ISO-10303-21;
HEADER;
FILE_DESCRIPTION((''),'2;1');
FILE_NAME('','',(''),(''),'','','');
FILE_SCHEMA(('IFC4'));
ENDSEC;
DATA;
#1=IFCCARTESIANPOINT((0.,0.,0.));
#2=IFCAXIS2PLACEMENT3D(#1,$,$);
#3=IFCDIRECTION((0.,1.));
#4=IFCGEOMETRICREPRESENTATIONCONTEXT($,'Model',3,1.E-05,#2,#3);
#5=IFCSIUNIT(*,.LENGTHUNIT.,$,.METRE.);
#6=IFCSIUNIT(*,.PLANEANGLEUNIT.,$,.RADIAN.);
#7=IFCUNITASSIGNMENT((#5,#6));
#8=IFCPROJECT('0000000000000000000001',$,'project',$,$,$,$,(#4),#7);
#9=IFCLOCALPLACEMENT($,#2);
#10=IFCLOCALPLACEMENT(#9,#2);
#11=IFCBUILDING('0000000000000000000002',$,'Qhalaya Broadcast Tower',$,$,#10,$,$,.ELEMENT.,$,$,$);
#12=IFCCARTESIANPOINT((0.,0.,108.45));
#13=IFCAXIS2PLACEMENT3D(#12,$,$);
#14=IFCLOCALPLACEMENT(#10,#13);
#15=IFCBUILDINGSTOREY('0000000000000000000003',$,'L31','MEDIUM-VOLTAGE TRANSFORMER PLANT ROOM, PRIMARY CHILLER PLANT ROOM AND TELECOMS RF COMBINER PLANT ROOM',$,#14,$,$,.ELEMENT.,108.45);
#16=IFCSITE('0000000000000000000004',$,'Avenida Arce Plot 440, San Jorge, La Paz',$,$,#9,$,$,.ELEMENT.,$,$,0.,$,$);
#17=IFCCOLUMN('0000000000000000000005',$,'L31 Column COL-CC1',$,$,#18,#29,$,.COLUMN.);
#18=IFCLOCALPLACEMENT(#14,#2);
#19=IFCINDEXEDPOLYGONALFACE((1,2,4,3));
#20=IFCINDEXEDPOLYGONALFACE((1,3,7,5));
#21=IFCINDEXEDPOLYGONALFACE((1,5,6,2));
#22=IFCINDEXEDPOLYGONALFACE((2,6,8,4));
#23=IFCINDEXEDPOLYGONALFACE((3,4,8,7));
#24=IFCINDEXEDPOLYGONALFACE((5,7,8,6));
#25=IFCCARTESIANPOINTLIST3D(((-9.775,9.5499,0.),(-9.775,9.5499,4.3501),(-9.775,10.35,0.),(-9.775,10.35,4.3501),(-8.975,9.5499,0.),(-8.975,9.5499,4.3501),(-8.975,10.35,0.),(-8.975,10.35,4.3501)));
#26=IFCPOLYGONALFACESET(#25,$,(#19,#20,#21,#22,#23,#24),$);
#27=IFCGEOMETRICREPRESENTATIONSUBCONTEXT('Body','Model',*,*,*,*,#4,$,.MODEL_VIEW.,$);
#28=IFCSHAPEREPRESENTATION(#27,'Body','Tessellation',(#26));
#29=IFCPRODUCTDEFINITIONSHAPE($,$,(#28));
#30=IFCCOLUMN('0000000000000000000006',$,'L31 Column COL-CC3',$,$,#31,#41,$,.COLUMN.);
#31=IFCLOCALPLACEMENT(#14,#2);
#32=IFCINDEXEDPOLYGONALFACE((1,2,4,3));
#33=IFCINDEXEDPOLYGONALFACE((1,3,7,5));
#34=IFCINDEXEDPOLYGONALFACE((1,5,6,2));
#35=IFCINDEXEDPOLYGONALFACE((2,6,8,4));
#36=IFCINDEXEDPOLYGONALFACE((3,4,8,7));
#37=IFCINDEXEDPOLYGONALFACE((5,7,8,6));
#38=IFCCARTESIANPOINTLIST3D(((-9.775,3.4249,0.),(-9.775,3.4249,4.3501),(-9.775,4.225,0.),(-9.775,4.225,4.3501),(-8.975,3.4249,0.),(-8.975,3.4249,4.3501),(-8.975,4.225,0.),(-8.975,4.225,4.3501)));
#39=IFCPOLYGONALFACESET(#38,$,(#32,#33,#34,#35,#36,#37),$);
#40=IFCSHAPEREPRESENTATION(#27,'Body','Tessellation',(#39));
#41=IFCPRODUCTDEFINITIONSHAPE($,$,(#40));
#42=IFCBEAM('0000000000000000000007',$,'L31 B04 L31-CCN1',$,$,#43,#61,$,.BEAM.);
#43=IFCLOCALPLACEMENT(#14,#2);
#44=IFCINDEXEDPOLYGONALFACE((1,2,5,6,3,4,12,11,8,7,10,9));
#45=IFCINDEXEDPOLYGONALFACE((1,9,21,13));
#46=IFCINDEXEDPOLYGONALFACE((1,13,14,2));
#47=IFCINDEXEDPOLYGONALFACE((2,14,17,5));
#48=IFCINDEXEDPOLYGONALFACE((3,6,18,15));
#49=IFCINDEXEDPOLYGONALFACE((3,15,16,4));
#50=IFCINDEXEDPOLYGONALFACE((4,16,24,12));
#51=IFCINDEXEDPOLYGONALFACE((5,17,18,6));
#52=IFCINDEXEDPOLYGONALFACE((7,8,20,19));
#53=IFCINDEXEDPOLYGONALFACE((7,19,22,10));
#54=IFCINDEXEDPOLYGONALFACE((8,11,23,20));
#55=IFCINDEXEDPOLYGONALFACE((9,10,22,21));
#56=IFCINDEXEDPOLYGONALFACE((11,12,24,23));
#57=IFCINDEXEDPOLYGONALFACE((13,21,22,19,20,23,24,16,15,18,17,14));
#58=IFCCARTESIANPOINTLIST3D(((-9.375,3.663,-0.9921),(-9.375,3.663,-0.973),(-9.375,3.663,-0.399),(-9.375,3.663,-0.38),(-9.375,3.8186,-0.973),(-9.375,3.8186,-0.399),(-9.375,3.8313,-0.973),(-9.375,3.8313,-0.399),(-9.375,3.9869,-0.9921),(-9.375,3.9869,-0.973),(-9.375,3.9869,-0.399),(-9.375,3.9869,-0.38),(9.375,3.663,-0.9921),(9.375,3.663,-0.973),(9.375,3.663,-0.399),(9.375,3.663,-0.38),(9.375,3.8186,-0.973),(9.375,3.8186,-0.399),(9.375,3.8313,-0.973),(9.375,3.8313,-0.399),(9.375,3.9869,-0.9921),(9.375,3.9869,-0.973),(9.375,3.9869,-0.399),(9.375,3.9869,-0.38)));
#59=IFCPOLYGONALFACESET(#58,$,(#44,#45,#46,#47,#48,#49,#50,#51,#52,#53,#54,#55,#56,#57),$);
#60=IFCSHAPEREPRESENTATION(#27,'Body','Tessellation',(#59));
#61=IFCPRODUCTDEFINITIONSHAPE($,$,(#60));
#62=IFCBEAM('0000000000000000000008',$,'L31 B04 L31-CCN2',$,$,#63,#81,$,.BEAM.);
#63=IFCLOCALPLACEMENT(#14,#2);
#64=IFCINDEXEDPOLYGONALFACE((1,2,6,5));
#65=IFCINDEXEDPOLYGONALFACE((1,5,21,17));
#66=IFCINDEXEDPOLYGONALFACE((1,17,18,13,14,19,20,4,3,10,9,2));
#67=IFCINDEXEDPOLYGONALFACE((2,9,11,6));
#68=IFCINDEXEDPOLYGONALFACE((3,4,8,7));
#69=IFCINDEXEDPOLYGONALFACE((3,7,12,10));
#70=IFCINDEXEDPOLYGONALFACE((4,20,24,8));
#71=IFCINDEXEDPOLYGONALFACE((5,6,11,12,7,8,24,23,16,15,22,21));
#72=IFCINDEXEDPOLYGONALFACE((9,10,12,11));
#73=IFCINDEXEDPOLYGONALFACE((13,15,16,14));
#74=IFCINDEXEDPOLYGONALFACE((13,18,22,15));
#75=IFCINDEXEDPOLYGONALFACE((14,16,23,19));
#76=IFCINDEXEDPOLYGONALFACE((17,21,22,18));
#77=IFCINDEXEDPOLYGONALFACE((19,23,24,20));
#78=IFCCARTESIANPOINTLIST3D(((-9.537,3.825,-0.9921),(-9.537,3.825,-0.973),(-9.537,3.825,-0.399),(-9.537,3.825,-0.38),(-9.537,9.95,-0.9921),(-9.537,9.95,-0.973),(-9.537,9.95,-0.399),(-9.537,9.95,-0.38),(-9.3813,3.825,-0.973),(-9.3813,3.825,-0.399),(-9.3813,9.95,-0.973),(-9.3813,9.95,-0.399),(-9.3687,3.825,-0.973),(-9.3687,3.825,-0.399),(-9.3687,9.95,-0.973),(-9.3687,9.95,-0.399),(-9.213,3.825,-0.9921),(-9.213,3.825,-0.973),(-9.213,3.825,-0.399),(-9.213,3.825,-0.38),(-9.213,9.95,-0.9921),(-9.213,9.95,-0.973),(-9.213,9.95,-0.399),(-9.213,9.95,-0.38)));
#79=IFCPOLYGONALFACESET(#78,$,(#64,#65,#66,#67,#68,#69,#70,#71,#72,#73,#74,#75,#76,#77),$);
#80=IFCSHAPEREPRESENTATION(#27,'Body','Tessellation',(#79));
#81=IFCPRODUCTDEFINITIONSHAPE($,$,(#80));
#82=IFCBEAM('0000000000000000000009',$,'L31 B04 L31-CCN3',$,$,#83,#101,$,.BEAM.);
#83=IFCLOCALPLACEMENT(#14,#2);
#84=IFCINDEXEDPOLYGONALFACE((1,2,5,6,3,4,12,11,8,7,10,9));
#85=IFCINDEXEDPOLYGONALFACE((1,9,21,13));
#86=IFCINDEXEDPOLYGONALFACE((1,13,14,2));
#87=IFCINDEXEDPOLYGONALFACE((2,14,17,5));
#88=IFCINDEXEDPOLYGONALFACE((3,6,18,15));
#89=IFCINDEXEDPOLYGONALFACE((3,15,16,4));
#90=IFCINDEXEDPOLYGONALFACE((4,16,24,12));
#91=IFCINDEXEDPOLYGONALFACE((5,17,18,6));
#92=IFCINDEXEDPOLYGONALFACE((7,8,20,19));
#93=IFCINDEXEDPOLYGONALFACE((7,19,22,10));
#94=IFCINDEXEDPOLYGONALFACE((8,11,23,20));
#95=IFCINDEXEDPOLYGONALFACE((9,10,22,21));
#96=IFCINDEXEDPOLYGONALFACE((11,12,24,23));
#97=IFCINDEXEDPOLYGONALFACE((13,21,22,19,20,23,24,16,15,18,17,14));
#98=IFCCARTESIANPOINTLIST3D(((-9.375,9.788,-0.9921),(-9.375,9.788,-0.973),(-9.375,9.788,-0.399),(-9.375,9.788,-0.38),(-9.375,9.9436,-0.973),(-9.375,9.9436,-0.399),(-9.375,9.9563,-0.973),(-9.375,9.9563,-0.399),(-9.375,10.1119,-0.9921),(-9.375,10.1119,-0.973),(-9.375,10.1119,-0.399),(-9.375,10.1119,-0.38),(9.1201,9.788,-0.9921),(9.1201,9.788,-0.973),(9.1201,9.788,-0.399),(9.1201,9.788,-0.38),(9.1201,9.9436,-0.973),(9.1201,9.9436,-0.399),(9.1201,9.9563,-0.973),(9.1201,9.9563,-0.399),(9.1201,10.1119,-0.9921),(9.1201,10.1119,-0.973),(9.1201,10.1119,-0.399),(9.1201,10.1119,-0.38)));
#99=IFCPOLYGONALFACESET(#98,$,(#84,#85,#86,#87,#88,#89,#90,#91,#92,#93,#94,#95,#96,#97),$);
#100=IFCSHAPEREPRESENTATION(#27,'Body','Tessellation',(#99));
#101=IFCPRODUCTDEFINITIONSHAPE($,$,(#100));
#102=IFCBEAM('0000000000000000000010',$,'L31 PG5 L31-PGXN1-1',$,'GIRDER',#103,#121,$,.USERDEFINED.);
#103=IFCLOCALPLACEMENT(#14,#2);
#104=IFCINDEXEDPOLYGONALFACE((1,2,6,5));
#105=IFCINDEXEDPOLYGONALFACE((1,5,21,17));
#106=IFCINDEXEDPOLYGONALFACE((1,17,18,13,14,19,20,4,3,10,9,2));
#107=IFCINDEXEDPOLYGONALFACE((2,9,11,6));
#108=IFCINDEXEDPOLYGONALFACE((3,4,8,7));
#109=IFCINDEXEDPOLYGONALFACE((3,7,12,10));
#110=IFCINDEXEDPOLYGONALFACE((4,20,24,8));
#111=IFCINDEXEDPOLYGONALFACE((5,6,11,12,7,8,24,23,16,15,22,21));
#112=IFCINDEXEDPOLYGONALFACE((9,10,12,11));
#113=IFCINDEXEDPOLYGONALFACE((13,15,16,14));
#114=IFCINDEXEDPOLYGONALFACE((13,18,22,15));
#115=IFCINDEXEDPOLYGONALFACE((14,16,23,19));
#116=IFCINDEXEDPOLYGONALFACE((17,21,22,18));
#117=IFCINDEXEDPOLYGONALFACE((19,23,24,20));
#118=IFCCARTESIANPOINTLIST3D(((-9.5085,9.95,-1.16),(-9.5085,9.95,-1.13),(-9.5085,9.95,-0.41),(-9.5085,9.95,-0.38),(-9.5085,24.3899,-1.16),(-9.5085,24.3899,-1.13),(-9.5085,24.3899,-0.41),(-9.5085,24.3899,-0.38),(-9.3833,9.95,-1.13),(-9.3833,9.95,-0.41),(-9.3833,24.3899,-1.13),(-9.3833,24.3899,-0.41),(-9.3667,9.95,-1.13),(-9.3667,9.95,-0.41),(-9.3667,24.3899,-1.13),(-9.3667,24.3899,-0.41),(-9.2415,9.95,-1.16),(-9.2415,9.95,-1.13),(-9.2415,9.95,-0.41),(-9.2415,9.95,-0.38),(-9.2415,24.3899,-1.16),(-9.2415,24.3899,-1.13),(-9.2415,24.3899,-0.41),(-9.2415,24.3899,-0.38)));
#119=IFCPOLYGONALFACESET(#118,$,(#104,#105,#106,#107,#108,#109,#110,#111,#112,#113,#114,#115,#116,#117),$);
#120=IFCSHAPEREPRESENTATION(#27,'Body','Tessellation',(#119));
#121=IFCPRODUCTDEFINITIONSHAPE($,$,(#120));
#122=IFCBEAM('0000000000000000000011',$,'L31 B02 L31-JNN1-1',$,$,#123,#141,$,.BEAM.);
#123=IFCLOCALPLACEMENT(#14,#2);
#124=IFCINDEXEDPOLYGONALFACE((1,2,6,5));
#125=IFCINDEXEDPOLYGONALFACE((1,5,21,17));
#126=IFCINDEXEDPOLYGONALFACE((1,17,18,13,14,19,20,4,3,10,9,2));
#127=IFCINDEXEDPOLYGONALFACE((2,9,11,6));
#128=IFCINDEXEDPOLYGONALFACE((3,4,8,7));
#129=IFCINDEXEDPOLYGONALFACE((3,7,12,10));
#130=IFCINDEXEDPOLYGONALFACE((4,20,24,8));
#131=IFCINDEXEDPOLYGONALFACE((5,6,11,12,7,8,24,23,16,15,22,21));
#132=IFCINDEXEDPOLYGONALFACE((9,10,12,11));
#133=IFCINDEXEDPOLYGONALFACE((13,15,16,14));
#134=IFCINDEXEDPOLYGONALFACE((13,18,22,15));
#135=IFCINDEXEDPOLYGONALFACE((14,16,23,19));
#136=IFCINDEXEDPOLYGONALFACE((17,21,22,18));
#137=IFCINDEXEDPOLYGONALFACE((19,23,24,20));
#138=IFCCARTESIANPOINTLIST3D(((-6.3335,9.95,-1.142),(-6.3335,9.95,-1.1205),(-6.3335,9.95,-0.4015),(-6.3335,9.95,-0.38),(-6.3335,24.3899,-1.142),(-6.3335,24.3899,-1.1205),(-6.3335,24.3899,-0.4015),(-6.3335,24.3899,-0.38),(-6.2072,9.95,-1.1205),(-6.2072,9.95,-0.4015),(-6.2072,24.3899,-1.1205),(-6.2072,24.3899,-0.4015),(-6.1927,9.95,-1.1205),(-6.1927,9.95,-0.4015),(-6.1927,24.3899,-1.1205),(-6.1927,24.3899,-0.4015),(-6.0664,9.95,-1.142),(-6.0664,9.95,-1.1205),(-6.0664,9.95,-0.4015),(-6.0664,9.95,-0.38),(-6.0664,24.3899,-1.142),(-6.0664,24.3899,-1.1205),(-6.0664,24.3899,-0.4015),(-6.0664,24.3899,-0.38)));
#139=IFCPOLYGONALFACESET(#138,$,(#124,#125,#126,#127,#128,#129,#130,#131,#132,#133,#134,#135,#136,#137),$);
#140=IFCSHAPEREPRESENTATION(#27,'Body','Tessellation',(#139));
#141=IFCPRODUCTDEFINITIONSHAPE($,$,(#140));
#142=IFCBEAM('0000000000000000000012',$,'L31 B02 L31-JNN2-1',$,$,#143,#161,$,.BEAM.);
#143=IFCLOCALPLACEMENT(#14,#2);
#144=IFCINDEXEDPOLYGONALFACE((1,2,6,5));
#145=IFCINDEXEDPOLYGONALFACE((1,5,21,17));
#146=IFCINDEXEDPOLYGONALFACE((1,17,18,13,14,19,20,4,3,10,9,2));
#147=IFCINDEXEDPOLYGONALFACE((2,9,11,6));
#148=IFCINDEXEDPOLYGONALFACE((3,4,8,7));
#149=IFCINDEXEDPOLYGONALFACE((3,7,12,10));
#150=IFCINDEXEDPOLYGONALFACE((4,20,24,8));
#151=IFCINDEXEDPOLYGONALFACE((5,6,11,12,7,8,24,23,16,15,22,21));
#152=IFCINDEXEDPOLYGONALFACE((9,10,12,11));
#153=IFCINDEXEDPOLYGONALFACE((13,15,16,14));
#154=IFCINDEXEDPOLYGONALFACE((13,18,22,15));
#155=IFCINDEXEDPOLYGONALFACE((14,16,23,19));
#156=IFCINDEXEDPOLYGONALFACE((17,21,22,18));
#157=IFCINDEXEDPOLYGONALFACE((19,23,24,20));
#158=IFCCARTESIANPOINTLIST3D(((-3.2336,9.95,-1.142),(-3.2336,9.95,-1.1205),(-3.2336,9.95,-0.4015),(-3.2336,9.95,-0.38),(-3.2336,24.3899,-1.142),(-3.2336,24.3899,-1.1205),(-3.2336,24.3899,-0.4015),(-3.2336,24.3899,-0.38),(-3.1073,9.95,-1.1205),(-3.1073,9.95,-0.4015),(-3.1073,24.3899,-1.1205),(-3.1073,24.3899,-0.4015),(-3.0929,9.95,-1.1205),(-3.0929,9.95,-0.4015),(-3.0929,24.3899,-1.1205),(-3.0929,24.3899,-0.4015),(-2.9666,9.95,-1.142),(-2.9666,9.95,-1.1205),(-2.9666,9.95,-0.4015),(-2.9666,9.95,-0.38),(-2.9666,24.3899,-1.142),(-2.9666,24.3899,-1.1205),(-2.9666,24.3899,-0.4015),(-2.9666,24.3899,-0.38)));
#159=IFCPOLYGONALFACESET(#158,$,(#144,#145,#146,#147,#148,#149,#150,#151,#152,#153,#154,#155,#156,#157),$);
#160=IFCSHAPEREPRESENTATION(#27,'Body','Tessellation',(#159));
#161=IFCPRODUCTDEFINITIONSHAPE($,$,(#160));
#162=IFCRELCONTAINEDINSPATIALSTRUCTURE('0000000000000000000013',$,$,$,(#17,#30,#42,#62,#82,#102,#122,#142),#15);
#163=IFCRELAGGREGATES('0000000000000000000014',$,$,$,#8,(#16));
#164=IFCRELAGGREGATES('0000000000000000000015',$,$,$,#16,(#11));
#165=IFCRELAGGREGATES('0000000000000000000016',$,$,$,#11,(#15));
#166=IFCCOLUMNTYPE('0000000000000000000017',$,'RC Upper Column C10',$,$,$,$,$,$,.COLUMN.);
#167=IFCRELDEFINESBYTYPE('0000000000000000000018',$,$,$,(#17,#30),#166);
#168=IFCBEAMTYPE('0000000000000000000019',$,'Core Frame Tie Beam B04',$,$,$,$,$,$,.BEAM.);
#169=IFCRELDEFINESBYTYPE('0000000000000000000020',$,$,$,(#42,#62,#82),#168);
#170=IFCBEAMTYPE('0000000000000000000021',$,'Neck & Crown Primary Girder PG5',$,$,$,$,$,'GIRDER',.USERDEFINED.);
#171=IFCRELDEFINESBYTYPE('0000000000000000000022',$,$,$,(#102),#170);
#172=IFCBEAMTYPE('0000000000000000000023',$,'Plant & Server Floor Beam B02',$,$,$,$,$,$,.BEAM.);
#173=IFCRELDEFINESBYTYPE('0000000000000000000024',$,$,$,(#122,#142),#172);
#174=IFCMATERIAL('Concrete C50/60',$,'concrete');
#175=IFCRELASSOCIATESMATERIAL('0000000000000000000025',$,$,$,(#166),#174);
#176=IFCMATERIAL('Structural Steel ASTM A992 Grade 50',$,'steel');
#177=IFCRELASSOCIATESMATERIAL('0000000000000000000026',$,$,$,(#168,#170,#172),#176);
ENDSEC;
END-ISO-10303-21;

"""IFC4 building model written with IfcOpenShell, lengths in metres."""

from ifc_helpers import new_model, si_unit, direction, frame, origin, origin_2d, place, context, subcontext, project, spatial, rectangle, i_section, extrude, material, material_profile, profile_set, type_object, element, save


model = new_model("IFC4")

# Units and contexts
model_context = context("Model", 3, precision=1e-05, world=origin(), true_north=direction((0.0, 1.0)))
body_context = subcontext(model_context, "Body", "Model", "MODEL_VIEW")
ifc_project = project(units=[si_unit("LENGTHUNIT", "METRE"), si_unit("PLANEANGLEUNIT", "RADIAN")], contexts=[model_context])

# Site, building, storey
site_placement = place(None, origin())
site = spatial("IfcSite", under=ifc_project, at=site_placement, Name="Avenida Arce Plot 440, San Jorge, La Paz", CompositionType="ELEMENT", RefElevation=0.0)
building_placement = place(site_placement, origin())
building = spatial("IfcBuilding", under=site, at=building_placement, Name="Qhalaya Broadcast Tower", CompositionType="ELEMENT")
storey_placement = place(building_placement, frame((0.0, 0.0, 108.45)))
storey = spatial("IfcBuildingStorey", under=building, at=storey_placement, Name="L31", Description="MEDIUM-VOLTAGE TRANSFORMER PLANT ROOM, PRIMARY CHILLER PLANT ROOM AND TELECOMS RF COMBINER PLANT ROOM", CompositionType="ELEMENT", Elevation=108.45)

# Columns
ifc_material_1 = material(Name="Concrete C50/60", Category="concrete")
ifc_material_profile_1 = material_profile(ifc_material_1, rectangle(XDim=0.8, YDim=0.8, at=origin_2d()), Name="RC-COL 800x800")
ifc_profile_set_1 = profile_set([ifc_material_profile_1], Name="Concrete C50/60")
column_type = type_object("IfcColumnType", Name="RC Upper Column C10", PredefinedType="COLUMN", material=ifc_profile_set_1)
for number, where, z_axis, x_axis, name in (
    (1, (-9.375, 9.95, 0.0), (0.0, 0.0, 1.0), (1.0, 0.0, 0.0), "L31 Column COL-CC1"),
    (2, (-9.375, 3.825, 0.0), (0.0, 0.0, 1.0), (1.0, 0.0, 0.0), "L31 Column COL-CC3"),
):
    element("IfcColumn", number, at=place(storey_placement, frame(where, z_axis=z_axis, x_axis=x_axis)), inside=storey, type_object=column_type, Name=name, PredefinedType="COLUMN", context=body_context, shape_type="SweptSolid", body=[
        extrude(rectangle(XDim=0.8, YDim=0.8, at=origin_2d()), origin(), (0.0, 0.0, 1.0), 4.3501),
    ])

# Beams
ifc_material_2 = material(Name="Structural Steel ASTM A992 Grade 50", Category="steel")
ifc_material_profile_2 = material_profile(ifc_material_2, i_section(OverallWidth=0.324, OverallDepth=0.6121, WebThickness=0.0127, FlangeThickness=0.019, at=origin_2d()), Name="W24X104")
ifc_profile_set_2 = profile_set([ifc_material_profile_2], Name="Structural Steel ASTM A992 Grade 50")
beam_type_1 = type_object("IfcBeamType", Name="Core Frame Tie Beam B04", PredefinedType="BEAM", material=ifc_profile_set_2)
beam_1_placement = place(storey_placement, frame((-9.375, 3.825, -0.686), z_axis=(1.0, 0.0, 0.0), x_axis=(0.0, 1.0, 0.0)))
element("IfcBeam", 3, at=beam_1_placement, inside=storey, type_object=beam_type_1, Name="L31 B04 L31-CCN1", PredefinedType="BEAM", context=body_context, shape_type="SweptSolid", body=[
    extrude(i_section(OverallWidth=0.324, OverallDepth=0.6121, WebThickness=0.0127, FlangeThickness=0.019, at=origin_2d()), origin(), (0.0, 0.0, 1.0), 18.75),
])
beam_2_placement = place(storey_placement, frame((-9.375, 3.825, -0.686), z_axis=(0.0, 1.0, 0.0), x_axis=(-1.0, 0.0, 0.0)))
element("IfcBeam", 4, at=beam_2_placement, inside=storey, type_object=beam_type_1, Name="L31 B04 L31-CCN2", PredefinedType="BEAM", context=body_context, shape_type="SweptSolid", body=[
    extrude(i_section(OverallWidth=0.324, OverallDepth=0.6121, WebThickness=0.0127, FlangeThickness=0.019, at=origin_2d()), origin(), (0.0, 0.0, 1.0), 6.125),
])
beam_3_placement = place(storey_placement, frame((-9.375, 9.95, -0.686), z_axis=(1.0, 0.0, 0.0), x_axis=(0.0, 1.0, 0.0)))
element("IfcBeam", 5, at=beam_3_placement, inside=storey, type_object=beam_type_1, Name="L31 B04 L31-CCN3", PredefinedType="BEAM", context=body_context, shape_type="SweptSolid", body=[
    extrude(i_section(OverallWidth=0.324, OverallDepth=0.6121, WebThickness=0.0127, FlangeThickness=0.019, at=origin_2d()), origin(), (0.0, 0.0, 1.0), 18.4951),
])
ifc_material_profile_3 = material_profile(ifc_material_2, i_section(OverallWidth=0.2671, OverallDepth=0.78, WebThickness=0.0166, FlangeThickness=0.03, at=origin_2d()), Name="W30X148")
ifc_profile_set_3 = profile_set([ifc_material_profile_3], Name="Structural Steel ASTM A992 Grade 50")
beam_type_2 = type_object("IfcBeamType", Name="Neck & Crown Primary Girder PG5", ElementType="GIRDER", PredefinedType="USERDEFINED", material=ifc_profile_set_3)
beam_4_placement = place(storey_placement, frame((-9.375, 9.95, -0.77), z_axis=(0.0, 1.0, 0.0), x_axis=(-1.0, 0.0, 0.0)))
element("IfcBeam", 6, at=beam_4_placement, inside=storey, type_object=beam_type_2, Name="L31 PG5 L31-PGXN1-1", ObjectType="GIRDER", PredefinedType="USERDEFINED", context=body_context, shape_type="SweptSolid", body=[
    extrude(i_section(OverallWidth=0.2671, OverallDepth=0.78, WebThickness=0.0166, FlangeThickness=0.03, at=origin_2d()), origin(), (0.0, 0.0, 1.0), 14.4399),
])
ifc_material_profile_4 = material_profile(ifc_material_2, i_section(OverallWidth=0.2671, OverallDepth=0.762, WebThickness=0.0144, FlangeThickness=0.0215, at=origin_2d()), Name="W30X116")
ifc_profile_set_4 = profile_set([ifc_material_profile_4], Name="Structural Steel ASTM A992 Grade 50")
beam_type_3 = type_object("IfcBeamType", Name="Plant & Server Floor Beam B02", PredefinedType="BEAM", material=ifc_profile_set_4)
for number, where, z_axis, x_axis, name in (
    (7, (-6.2, 9.95, -0.761), (0.0, 1.0, 0.0), (-1.0, 0.0, 0.0), "L31 B02 L31-JNN1-1"),
    (8, (-3.1001, 9.95, -0.761), (0.0, 1.0, 0.0), (-1.0, 0.0, 0.0), "L31 B02 L31-JNN2-1"),
):
    element("IfcBeam", number, at=place(storey_placement, frame(where, z_axis=z_axis, x_axis=x_axis)), inside=storey, type_object=beam_type_3, Name=name, PredefinedType="BEAM", context=body_context, shape_type="SweptSolid", body=[
        extrude(i_section(OverallWidth=0.2671, OverallDepth=0.762, WebThickness=0.0144, FlangeThickness=0.0215, at=origin_2d()), origin(), (0.0, 0.0, 1.0), 14.4399),
    ])

save(model, "model.ifc")
